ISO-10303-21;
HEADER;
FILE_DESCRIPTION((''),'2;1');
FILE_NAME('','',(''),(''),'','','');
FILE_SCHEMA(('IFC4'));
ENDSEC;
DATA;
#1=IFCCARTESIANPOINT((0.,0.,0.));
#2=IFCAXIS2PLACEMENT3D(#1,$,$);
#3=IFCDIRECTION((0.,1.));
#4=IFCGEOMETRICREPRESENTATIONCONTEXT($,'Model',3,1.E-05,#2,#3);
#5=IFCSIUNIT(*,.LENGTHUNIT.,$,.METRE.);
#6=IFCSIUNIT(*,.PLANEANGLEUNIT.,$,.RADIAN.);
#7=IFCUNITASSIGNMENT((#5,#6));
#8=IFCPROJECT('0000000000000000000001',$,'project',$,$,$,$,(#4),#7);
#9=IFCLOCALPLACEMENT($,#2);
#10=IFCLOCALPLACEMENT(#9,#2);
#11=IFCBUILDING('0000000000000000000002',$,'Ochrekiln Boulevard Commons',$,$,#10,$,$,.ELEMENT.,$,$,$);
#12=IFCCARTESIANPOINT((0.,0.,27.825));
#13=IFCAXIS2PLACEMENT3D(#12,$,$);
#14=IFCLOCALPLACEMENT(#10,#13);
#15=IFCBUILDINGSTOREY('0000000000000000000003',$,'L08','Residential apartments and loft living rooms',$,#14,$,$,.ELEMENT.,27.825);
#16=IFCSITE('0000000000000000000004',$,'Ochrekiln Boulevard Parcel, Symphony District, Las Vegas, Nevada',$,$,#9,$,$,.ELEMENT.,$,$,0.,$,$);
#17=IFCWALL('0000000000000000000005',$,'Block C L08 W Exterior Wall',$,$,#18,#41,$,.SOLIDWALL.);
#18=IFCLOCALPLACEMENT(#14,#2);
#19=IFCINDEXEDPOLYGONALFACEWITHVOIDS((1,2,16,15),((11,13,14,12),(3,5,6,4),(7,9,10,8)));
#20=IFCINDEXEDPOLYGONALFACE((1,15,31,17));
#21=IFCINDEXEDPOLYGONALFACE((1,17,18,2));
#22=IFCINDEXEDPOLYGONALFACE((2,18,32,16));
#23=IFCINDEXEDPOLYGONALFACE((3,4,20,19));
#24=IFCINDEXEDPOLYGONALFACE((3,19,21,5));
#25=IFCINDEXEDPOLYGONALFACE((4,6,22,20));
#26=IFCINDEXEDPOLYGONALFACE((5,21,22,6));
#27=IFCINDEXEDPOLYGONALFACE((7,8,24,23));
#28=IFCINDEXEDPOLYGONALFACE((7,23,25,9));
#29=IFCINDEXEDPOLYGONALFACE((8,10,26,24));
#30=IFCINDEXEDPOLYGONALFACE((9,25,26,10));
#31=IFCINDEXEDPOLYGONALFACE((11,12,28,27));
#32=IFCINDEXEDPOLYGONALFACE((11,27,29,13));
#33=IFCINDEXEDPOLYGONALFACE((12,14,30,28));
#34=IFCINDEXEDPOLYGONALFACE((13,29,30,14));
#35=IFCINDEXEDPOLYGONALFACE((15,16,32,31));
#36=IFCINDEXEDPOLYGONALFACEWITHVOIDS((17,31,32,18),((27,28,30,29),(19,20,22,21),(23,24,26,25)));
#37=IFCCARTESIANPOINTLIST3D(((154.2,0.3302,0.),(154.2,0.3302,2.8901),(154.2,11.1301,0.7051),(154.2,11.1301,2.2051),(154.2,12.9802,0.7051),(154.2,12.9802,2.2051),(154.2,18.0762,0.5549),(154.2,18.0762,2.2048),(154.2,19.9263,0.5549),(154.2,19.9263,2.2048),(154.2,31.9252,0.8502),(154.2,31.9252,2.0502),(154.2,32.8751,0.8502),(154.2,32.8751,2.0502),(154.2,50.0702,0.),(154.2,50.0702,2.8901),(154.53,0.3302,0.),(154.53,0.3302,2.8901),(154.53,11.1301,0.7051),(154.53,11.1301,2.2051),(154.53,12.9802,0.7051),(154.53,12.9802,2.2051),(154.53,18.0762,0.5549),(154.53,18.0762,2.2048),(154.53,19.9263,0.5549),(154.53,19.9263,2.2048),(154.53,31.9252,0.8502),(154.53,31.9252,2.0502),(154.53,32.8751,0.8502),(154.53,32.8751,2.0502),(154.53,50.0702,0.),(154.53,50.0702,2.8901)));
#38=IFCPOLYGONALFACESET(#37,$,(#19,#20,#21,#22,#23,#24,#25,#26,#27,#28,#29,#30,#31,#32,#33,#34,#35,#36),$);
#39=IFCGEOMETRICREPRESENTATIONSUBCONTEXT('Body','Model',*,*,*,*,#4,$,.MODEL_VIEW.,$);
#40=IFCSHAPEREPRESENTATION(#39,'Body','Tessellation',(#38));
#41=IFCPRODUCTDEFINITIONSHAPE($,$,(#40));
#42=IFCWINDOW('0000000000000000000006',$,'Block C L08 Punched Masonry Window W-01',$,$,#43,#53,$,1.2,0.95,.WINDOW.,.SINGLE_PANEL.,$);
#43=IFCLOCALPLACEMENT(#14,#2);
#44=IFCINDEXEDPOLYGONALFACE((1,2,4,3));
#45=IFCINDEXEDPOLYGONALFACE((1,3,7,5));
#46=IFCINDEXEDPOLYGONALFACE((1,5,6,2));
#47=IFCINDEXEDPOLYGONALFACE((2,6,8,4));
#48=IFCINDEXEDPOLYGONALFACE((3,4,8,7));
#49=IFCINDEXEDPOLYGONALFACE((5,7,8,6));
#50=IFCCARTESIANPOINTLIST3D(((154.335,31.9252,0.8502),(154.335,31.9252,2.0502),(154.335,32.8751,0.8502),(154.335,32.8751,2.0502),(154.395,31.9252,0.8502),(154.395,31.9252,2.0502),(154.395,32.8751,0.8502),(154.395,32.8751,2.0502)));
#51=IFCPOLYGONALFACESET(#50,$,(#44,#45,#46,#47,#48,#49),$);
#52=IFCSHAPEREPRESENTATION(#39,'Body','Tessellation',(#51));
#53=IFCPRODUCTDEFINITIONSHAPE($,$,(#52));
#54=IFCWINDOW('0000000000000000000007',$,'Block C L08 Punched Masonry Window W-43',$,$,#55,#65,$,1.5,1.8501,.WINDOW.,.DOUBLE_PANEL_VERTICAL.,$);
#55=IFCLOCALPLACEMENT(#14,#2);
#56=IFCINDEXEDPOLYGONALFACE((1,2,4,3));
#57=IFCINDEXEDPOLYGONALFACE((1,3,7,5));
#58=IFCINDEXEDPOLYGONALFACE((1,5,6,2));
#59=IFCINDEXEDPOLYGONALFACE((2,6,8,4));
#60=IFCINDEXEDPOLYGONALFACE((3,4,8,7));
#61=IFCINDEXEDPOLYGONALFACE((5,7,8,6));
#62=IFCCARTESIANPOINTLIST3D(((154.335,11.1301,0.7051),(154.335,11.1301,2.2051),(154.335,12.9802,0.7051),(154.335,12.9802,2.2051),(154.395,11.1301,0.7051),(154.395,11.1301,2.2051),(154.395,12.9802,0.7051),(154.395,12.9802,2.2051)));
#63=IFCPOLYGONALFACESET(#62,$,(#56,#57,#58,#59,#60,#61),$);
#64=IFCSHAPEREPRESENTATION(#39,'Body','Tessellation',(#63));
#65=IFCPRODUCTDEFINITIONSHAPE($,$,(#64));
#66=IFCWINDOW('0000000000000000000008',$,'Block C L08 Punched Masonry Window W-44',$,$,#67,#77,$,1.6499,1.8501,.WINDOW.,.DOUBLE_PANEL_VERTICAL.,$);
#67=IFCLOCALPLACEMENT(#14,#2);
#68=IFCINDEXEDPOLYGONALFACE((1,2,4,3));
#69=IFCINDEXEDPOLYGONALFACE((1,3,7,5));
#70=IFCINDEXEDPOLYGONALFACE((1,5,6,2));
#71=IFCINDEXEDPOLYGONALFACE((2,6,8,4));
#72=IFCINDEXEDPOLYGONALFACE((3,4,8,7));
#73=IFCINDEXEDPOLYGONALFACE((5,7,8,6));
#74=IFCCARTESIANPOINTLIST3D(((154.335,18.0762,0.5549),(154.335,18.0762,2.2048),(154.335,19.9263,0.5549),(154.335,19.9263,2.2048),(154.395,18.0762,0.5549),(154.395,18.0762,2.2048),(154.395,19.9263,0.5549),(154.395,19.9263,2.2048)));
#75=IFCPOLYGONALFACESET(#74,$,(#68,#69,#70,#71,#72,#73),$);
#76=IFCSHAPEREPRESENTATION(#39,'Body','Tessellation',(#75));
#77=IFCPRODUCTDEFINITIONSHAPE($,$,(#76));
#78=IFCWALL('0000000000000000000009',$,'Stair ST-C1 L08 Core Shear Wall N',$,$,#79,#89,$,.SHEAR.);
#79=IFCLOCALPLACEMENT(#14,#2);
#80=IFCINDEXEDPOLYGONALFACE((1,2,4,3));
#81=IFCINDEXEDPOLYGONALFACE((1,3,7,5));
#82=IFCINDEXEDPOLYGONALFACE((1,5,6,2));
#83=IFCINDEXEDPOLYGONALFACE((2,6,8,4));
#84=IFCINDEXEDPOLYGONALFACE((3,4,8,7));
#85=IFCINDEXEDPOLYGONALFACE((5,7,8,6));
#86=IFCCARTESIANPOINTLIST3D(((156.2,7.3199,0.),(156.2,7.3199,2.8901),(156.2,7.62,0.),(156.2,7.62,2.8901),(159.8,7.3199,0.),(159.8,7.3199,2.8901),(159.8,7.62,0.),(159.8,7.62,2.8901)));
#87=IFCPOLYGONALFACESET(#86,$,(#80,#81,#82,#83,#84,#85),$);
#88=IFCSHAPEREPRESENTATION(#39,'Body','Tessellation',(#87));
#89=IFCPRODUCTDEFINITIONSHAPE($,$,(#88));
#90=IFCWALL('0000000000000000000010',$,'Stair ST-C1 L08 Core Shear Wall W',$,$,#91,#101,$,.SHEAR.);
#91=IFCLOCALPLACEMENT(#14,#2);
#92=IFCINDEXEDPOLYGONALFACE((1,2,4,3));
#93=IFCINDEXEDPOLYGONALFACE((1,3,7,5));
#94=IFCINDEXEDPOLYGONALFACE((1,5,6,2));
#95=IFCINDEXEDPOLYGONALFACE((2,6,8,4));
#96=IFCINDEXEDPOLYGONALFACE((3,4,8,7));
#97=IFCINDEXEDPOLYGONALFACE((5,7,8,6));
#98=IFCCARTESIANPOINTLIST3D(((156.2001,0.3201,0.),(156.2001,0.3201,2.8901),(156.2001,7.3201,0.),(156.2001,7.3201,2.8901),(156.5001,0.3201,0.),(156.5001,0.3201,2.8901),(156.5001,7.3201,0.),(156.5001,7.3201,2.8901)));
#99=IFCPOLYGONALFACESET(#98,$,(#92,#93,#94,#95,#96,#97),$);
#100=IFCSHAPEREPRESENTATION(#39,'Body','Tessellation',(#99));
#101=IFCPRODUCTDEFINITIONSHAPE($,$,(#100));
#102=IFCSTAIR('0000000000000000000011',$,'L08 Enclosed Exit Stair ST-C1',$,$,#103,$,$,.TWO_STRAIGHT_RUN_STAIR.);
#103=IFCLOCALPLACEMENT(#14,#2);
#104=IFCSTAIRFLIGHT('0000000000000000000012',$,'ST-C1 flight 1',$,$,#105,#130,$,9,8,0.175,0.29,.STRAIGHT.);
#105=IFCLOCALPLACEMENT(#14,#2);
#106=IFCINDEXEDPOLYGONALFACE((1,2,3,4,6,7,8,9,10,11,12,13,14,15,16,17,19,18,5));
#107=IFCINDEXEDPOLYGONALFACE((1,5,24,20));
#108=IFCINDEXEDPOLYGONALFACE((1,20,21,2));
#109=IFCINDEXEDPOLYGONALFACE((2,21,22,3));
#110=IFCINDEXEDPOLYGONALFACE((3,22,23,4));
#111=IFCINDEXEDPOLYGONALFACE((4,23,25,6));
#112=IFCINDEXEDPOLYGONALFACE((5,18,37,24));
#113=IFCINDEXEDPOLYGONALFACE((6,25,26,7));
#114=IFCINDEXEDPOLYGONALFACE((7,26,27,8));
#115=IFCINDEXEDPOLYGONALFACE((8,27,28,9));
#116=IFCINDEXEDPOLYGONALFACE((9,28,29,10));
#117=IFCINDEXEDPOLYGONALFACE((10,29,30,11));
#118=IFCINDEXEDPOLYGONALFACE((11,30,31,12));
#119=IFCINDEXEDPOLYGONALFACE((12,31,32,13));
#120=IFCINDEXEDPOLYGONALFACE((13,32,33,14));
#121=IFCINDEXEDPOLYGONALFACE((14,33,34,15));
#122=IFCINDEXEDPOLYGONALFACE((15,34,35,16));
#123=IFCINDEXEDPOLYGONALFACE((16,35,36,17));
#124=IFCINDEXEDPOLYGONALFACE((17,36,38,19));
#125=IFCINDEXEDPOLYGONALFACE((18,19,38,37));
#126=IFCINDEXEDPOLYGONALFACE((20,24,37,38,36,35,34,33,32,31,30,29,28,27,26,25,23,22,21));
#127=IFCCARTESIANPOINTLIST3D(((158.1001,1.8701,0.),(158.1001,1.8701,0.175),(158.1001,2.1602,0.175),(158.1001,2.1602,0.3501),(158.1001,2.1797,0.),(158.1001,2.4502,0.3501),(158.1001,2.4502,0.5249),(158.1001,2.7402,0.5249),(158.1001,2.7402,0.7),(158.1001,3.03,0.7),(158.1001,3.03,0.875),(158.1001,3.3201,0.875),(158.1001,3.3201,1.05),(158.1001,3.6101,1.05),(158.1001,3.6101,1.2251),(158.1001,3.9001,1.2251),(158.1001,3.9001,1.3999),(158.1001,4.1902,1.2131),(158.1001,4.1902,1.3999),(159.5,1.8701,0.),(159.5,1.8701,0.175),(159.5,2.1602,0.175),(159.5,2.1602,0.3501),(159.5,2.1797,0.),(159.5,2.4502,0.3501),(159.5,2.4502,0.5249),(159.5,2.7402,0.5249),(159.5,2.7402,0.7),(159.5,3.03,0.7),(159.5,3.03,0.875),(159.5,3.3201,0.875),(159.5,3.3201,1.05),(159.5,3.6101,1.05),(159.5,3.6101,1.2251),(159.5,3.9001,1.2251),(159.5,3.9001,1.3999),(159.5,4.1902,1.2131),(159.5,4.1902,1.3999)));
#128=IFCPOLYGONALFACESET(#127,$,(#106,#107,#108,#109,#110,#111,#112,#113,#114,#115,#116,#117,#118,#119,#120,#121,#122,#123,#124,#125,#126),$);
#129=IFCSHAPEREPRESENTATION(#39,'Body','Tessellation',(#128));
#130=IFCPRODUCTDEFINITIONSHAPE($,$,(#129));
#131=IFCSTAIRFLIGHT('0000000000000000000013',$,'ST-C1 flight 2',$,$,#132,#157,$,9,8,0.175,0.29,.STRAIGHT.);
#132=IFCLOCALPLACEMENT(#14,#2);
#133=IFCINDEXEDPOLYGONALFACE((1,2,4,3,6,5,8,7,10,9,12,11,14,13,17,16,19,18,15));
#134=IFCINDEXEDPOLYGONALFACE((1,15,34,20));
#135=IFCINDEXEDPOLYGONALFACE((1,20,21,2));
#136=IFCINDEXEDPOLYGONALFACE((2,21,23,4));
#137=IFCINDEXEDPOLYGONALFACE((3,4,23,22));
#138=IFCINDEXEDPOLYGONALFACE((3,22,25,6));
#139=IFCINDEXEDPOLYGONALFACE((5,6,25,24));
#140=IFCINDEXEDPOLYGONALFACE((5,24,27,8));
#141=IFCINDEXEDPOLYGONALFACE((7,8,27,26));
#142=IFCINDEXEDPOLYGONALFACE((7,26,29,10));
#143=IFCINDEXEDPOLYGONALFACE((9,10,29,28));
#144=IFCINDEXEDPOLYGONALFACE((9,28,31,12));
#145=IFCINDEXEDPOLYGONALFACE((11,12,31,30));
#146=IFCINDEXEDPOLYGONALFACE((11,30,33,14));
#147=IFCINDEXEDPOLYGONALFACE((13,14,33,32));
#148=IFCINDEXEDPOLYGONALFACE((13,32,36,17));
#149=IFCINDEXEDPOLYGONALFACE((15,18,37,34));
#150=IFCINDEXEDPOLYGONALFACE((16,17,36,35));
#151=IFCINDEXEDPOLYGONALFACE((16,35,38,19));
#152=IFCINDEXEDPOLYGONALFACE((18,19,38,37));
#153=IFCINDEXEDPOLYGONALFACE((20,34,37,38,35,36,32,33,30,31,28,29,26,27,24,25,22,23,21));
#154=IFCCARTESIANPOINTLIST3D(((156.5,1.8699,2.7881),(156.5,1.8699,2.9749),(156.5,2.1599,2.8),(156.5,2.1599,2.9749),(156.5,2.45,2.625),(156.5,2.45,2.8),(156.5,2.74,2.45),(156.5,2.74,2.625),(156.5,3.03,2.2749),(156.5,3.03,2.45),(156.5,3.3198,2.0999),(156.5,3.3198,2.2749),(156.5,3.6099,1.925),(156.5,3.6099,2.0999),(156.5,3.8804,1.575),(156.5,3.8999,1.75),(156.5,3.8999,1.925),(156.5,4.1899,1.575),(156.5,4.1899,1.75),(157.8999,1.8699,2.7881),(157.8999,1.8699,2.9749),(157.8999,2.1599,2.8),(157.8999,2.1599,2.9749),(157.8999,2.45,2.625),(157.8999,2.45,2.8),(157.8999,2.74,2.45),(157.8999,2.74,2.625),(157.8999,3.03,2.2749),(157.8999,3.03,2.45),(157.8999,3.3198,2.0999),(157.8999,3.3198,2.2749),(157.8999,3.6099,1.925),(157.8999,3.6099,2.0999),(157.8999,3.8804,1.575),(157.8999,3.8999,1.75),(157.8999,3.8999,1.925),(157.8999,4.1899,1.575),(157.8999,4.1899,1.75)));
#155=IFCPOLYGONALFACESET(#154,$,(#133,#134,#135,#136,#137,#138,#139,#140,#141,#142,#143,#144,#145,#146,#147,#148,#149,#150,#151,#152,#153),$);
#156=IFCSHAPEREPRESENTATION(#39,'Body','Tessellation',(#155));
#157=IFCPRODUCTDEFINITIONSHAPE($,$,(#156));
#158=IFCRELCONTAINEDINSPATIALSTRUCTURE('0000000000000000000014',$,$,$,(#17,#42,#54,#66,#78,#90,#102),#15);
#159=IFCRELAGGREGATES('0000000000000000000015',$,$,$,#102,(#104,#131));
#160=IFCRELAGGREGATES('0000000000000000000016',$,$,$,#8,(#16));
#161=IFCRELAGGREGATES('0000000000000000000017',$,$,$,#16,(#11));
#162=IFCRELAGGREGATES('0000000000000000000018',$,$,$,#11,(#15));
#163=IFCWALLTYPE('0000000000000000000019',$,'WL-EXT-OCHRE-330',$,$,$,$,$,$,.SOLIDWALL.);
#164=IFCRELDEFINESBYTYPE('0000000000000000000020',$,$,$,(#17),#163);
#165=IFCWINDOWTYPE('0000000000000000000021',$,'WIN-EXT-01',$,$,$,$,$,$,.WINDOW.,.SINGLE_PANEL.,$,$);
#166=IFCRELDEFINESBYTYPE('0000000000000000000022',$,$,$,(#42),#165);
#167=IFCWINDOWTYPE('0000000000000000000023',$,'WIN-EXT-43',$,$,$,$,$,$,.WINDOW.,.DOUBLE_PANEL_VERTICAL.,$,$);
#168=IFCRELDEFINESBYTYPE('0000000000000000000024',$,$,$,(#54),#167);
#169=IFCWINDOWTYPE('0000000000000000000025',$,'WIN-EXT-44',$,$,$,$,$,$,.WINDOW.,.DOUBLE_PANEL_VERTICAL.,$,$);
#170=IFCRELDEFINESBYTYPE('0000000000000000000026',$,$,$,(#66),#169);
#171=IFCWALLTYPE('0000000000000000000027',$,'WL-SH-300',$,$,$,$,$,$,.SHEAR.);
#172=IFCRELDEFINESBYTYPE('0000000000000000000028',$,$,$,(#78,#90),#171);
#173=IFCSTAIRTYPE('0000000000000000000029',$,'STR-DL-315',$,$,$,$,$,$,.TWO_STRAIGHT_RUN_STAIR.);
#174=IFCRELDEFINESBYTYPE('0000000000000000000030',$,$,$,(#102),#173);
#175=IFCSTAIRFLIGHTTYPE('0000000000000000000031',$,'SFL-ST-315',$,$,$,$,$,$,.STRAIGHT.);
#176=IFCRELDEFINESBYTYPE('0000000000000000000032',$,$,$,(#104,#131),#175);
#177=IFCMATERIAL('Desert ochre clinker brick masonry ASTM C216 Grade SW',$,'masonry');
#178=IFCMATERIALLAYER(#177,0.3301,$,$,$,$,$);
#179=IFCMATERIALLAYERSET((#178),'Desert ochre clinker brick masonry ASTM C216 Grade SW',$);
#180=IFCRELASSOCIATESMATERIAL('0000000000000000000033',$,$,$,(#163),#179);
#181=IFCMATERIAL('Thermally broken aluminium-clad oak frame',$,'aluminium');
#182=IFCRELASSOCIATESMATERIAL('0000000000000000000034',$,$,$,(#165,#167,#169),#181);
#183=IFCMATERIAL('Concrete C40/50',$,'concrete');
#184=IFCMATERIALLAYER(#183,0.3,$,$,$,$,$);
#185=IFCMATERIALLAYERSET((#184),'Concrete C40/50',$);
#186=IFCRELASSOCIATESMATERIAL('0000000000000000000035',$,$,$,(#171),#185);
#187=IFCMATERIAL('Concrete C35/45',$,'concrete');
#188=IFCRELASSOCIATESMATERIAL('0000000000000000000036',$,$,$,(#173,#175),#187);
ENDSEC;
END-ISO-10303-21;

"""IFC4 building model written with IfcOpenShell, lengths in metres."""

from ifc_helpers import new_model, si_unit, direction, frame, frame_2d, origin, place, context, subcontext, project, spatial, polyline, rectangle, outline, extrude, material, layer, layer_set, type_object, element, fill, aggregate, save


model = new_model("IFC4")

# Units and contexts
model_context = context("Model", 3, precision=1e-05, world=origin(), true_north=direction((0.0, 1.0)))
body_context = subcontext(model_context, "Body", "Model", "MODEL_VIEW")
ifc_project = project(units=[si_unit("LENGTHUNIT", "METRE"), si_unit("PLANEANGLEUNIT", "RADIAN")], contexts=[model_context])

# Site, building, storey
site_placement = place(None, origin())
site = spatial("IfcSite", under=ifc_project, at=site_placement, Name="Ochrekiln Boulevard Parcel, Symphony District, Las Vegas, Nevada", CompositionType="ELEMENT", RefElevation=0.0)
building_placement = place(site_placement, origin())
building = spatial("IfcBuilding", under=site, at=building_placement, Name="Ochrekiln Boulevard Commons", CompositionType="ELEMENT")
storey_placement = place(building_placement, frame((0.0, 0.0, 27.825)))
storey = spatial("IfcBuildingStorey", under=building, at=storey_placement, Name="L08", Description="Residential apartments and loft living rooms", CompositionType="ELEMENT", Elevation=27.825)

# Shared definitions
ifc_material_1 = material(Name="Concrete C35/45", Category="concrete")
ifc_material_2 = material(Name="Concrete C40/50", Category="concrete")

# Shared definitions
ifc_material_3 = material(Name="Desert ochre clinker brick masonry ASTM C216 Grade SW", Category="masonry")
ifc_layer_1 = layer(ifc_material_3, 0.3301)
ifc_layer_set_1 = layer_set([ifc_layer_1], Name="Desert ochre clinker brick masonry ASTM C216 Grade SW")
wall_type_1 = type_object("IfcWallType", Name="WL-EXT-OCHRE-330", PredefinedType="SOLIDWALL", material=ifc_layer_set_1)

# Wall, openings, windows
wall_1_placement = place(storey_placement, frame((154.365, 0.3301, 0.0), z_axis=(0.0, 0.0, 1.0), x_axis=(0.0, 1.0, 0.0)))
wall_1 = element("IfcWall", 1, at=wall_1_placement, inside=storey, type_object=wall_type_1, Name="Block C L08 W Exterior Wall", PredefinedType="SOLIDWALL", context=body_context, shape_type="SweptSolid", body=[
    extrude(rectangle(XDim=49.74, YDim=0.3301, at=frame_2d((24.8701, 0.0))), origin(), (0.0, 0.0, 1.0), 2.8901),
])
opening_1_placement = place(wall_1_placement, frame((10.8, 0.0, 0.7051)))
opening_1 = element("IfcOpeningElement", 2, at=opening_1_placement, cuts=wall_1, PredefinedType="OPENING", context=body_context, shape_type="SweptSolid", body=[
    extrude(rectangle(XDim=1.8501, YDim=1.5, at=frame_2d((0.925, 0.75))), frame((0.0, 0.175, 0.0), z_axis=(0.0, -1.0, 0.0), x_axis=(1.0, 0.0, 0.0)), (0.0, 0.0, 1.0), 0.3501),
])
opening_2_placement = place(wall_1_placement, frame((17.7461, 0.0, 0.5549)))
opening_2 = element("IfcOpeningElement", 3, at=opening_2_placement, cuts=wall_1, PredefinedType="OPENING", context=body_context, shape_type="SweptSolid", body=[
    extrude(rectangle(XDim=1.8501, YDim=1.6499, at=frame_2d((0.925, 0.825))), frame((0.0, 0.175, 0.0), z_axis=(0.0, -1.0, 0.0), x_axis=(1.0, 0.0, 0.0)), (0.0, 0.0, 1.0), 0.3501),
])
opening_3_placement = place(wall_1_placement, frame((31.595, 0.0, 0.8501)))
opening_3 = element("IfcOpeningElement", 4, at=opening_3_placement, cuts=wall_1, PredefinedType="OPENING", context=body_context, shape_type="SweptSolid", body=[
    extrude(rectangle(XDim=0.95, YDim=1.2, at=frame_2d((0.4751, 0.6001))), frame((0.0, 0.175, 0.0), z_axis=(0.0, -1.0, 0.0), x_axis=(1.0, 0.0, 0.0)), (0.0, 0.0, 1.0), 0.3501),
])
ifc_material_4 = material(Name="Thermally broken aluminium-clad oak frame", Category="aluminium")
window_type_1 = type_object("IfcWindowType", Name="WIN-EXT-01", PartitioningType="SINGLE_PANEL", PredefinedType="WINDOW", material=ifc_material_4)
window_1_placement = place(opening_3_placement, origin())
window_1 = element("IfcWindow", 5, at=window_1_placement, inside=storey, type_object=window_type_1, Name="Block C L08 Punched Masonry Window W-01", OverallHeight=1.2, OverallWidth=0.95, PartitioningType="SINGLE_PANEL", PredefinedType="WINDOW", context=body_context, shape_type="SweptSolid", body=[
    extrude(rectangle(XDim=0.95, YDim=1.2, at=frame_2d((0.4751, 0.6001))), frame((0.0, 0.03, 0.0), z_axis=(0.0, -1.0, 0.0), x_axis=(1.0, 0.0, 0.0)), (0.0, 0.0, 1.0), 0.0601),
])
fill(opening_3, window_1)
window_type_2 = type_object("IfcWindowType", Name="WIN-EXT-43", PartitioningType="DOUBLE_PANEL_VERTICAL", PredefinedType="WINDOW", material=ifc_material_4)
window_2_placement = place(opening_1_placement, origin())
window_2 = element("IfcWindow", 6, at=window_2_placement, inside=storey, type_object=window_type_2, Name="Block C L08 Punched Masonry Window W-43", OverallHeight=1.5, OverallWidth=1.8501, PartitioningType="DOUBLE_PANEL_VERTICAL", PredefinedType="WINDOW", context=body_context, shape_type="SweptSolid", body=[
    extrude(rectangle(XDim=1.8501, YDim=1.5, at=frame_2d((0.925, 0.75))), frame((0.0, 0.03, 0.0), z_axis=(0.0, -1.0, 0.0), x_axis=(1.0, 0.0, 0.0)), (0.0, 0.0, 1.0), 0.0601),
])
fill(opening_1, window_2)
window_type_3 = type_object("IfcWindowType", Name="WIN-EXT-44", PartitioningType="DOUBLE_PANEL_VERTICAL", PredefinedType="WINDOW", material=ifc_material_4)
window_3_placement = place(opening_2_placement, origin())
window_3 = element("IfcWindow", 7, at=window_3_placement, inside=storey, type_object=window_type_3, Name="Block C L08 Punched Masonry Window W-44", OverallHeight=1.6499, OverallWidth=1.8501, PartitioningType="DOUBLE_PANEL_VERTICAL", PredefinedType="WINDOW", context=body_context, shape_type="SweptSolid", body=[
    extrude(rectangle(XDim=1.8501, YDim=1.6499, at=frame_2d((0.925, 0.825))), frame((0.0, 0.03, 0.0), z_axis=(0.0, -1.0, 0.0), x_axis=(1.0, 0.0, 0.0)), (0.0, 0.0, 1.0), 0.0601),
])
fill(opening_2, window_3)

# Walls
ifc_layer_2 = layer(ifc_material_2, 0.3)
ifc_layer_set_2 = layer_set([ifc_layer_2], Name="Concrete C40/50")
wall_type_2 = type_object("IfcWallType", Name="WL-SH-300", PredefinedType="SHEAR", material=ifc_layer_set_2)
wall_2_placement = place(storey_placement, frame((156.2, 7.47, 0.0), z_axis=(0.0, 0.0, 1.0), x_axis=(1.0, 0.0, 0.0)))
element("IfcWall", 8, at=wall_2_placement, inside=storey, type_object=wall_type_2, Name="Stair ST-C1 L08 Core Shear Wall N", PredefinedType="SHEAR", context=body_context, shape_type="SweptSolid", body=[
    extrude(rectangle(XDim=3.6001, YDim=0.3, at=frame_2d((1.8, 0.0))), origin(), (0.0, 0.0, 1.0), 2.8901),
])
wall_3_placement = place(storey_placement, frame((156.3501, 0.3201, 0.0), z_axis=(0.0, 0.0, 1.0), x_axis=(0.0, 1.0, 0.0)))
element("IfcWall", 9, at=wall_3_placement, inside=storey, type_object=wall_type_2, Name="Stair ST-C1 L08 Core Shear Wall W", PredefinedType="SHEAR", context=body_context, shape_type="SweptSolid", body=[
    extrude(rectangle(XDim=7.0, YDim=0.3, at=frame_2d((3.5, 0.0))), origin(), (0.0, 0.0, 1.0), 2.8901),
])

# Stair, stair flights
stair_type = type_object("IfcStairType", Name="STR-DL-315", PredefinedType="TWO_STRAIGHT_RUN_STAIR", material=ifc_material_1)
stair_placement = place(storey_placement, origin())
stair = element("IfcStair", 10, at=stair_placement, inside=storey, type_object=stair_type, Name="L08 Enclosed Exit Stair ST-C1", PredefinedType="TWO_STRAIGHT_RUN_STAIR")
stair_flight_type = type_object("IfcStairFlightType", Name="SFL-ST-315", PredefinedType="STRAIGHT", material=ifc_material_1)
stair_flight_1_placement = place(storey_placement, frame((158.8, 1.8701, 0.0), z_axis=(0.0, 0.0, 1.0), x_axis=(0.0, 1.0, 0.0)))
stair_flight_1 = element("IfcStairFlight", 11, at=stair_flight_1_placement, type_object=stair_flight_type, Name="ST-C1 flight 1", NumberOfRisers=9, NumberOfTreads=8, PredefinedType="STRAIGHT", RiserHeight=0.175, TreadLength=0.29, context=body_context, shape_type="SweptSolid", body=[
    extrude(outline(polyline([(0.0, 0.0), (0.0, 0.175), (0.29, 0.175), (0.29, 0.3501), (0.5801, 0.3501), (0.5801, 0.5249), (0.8701, 0.5249), (0.8701, 0.7), (1.1599, 0.7), (1.1599, 0.875), (1.45, 0.875), (1.45, 1.05), (1.74, 1.05), (1.74, 1.2251), (2.03, 1.2251), (2.03, 1.3999), (2.3201, 1.3999), (2.3201, 1.575), (2.3201, 1.2131), (0.3096, 0.0), (0.0, 0.0)])), frame((0.0, 0.7, 0.0), z_axis=(0.0, -1.0, 0.0), x_axis=(1.0, 0.0, 0.0)), (0.0, 0.0, 1.0), 1.3999),
])
stair_flight_2_placement = place(storey_placement, frame((157.2, 4.1899, 1.575), z_axis=(0.0, 0.0, 1.0), x_axis=(0.0, -1.0, 0.0)))
stair_flight_2 = element("IfcStairFlight", 12, at=stair_flight_2_placement, type_object=stair_flight_type, Name="ST-C1 flight 2", NumberOfRisers=9, NumberOfTreads=8, PredefinedType="STRAIGHT", RiserHeight=0.175, TreadLength=0.29, context=body_context, shape_type="SweptSolid", body=[
    extrude(outline(polyline([(0.0, 0.0), (0.0, 0.175), (0.29, 0.175), (0.29, 0.3501), (0.5801, 0.3501), (0.5801, 0.5249), (0.8701, 0.5249), (0.8701, 0.7), (1.1599, 0.7), (1.1599, 0.875), (1.45, 0.875), (1.45, 1.05), (1.74, 1.05), (1.74, 1.2251), (2.03, 1.2251), (2.03, 1.3999), (2.3201, 1.3999), (2.3201, 1.575), (2.3201, 1.2131), (0.3096, 0.0), (0.0, 0.0)])), frame((0.0, 0.7, 0.0), z_axis=(0.0, -1.0, 0.0), x_axis=(1.0, 0.0, 0.0)), (0.0, 0.0, 1.0), 1.3999),
])
aggregate(stair, [stair_flight_1, stair_flight_2])

save(model, "model.ifc")
